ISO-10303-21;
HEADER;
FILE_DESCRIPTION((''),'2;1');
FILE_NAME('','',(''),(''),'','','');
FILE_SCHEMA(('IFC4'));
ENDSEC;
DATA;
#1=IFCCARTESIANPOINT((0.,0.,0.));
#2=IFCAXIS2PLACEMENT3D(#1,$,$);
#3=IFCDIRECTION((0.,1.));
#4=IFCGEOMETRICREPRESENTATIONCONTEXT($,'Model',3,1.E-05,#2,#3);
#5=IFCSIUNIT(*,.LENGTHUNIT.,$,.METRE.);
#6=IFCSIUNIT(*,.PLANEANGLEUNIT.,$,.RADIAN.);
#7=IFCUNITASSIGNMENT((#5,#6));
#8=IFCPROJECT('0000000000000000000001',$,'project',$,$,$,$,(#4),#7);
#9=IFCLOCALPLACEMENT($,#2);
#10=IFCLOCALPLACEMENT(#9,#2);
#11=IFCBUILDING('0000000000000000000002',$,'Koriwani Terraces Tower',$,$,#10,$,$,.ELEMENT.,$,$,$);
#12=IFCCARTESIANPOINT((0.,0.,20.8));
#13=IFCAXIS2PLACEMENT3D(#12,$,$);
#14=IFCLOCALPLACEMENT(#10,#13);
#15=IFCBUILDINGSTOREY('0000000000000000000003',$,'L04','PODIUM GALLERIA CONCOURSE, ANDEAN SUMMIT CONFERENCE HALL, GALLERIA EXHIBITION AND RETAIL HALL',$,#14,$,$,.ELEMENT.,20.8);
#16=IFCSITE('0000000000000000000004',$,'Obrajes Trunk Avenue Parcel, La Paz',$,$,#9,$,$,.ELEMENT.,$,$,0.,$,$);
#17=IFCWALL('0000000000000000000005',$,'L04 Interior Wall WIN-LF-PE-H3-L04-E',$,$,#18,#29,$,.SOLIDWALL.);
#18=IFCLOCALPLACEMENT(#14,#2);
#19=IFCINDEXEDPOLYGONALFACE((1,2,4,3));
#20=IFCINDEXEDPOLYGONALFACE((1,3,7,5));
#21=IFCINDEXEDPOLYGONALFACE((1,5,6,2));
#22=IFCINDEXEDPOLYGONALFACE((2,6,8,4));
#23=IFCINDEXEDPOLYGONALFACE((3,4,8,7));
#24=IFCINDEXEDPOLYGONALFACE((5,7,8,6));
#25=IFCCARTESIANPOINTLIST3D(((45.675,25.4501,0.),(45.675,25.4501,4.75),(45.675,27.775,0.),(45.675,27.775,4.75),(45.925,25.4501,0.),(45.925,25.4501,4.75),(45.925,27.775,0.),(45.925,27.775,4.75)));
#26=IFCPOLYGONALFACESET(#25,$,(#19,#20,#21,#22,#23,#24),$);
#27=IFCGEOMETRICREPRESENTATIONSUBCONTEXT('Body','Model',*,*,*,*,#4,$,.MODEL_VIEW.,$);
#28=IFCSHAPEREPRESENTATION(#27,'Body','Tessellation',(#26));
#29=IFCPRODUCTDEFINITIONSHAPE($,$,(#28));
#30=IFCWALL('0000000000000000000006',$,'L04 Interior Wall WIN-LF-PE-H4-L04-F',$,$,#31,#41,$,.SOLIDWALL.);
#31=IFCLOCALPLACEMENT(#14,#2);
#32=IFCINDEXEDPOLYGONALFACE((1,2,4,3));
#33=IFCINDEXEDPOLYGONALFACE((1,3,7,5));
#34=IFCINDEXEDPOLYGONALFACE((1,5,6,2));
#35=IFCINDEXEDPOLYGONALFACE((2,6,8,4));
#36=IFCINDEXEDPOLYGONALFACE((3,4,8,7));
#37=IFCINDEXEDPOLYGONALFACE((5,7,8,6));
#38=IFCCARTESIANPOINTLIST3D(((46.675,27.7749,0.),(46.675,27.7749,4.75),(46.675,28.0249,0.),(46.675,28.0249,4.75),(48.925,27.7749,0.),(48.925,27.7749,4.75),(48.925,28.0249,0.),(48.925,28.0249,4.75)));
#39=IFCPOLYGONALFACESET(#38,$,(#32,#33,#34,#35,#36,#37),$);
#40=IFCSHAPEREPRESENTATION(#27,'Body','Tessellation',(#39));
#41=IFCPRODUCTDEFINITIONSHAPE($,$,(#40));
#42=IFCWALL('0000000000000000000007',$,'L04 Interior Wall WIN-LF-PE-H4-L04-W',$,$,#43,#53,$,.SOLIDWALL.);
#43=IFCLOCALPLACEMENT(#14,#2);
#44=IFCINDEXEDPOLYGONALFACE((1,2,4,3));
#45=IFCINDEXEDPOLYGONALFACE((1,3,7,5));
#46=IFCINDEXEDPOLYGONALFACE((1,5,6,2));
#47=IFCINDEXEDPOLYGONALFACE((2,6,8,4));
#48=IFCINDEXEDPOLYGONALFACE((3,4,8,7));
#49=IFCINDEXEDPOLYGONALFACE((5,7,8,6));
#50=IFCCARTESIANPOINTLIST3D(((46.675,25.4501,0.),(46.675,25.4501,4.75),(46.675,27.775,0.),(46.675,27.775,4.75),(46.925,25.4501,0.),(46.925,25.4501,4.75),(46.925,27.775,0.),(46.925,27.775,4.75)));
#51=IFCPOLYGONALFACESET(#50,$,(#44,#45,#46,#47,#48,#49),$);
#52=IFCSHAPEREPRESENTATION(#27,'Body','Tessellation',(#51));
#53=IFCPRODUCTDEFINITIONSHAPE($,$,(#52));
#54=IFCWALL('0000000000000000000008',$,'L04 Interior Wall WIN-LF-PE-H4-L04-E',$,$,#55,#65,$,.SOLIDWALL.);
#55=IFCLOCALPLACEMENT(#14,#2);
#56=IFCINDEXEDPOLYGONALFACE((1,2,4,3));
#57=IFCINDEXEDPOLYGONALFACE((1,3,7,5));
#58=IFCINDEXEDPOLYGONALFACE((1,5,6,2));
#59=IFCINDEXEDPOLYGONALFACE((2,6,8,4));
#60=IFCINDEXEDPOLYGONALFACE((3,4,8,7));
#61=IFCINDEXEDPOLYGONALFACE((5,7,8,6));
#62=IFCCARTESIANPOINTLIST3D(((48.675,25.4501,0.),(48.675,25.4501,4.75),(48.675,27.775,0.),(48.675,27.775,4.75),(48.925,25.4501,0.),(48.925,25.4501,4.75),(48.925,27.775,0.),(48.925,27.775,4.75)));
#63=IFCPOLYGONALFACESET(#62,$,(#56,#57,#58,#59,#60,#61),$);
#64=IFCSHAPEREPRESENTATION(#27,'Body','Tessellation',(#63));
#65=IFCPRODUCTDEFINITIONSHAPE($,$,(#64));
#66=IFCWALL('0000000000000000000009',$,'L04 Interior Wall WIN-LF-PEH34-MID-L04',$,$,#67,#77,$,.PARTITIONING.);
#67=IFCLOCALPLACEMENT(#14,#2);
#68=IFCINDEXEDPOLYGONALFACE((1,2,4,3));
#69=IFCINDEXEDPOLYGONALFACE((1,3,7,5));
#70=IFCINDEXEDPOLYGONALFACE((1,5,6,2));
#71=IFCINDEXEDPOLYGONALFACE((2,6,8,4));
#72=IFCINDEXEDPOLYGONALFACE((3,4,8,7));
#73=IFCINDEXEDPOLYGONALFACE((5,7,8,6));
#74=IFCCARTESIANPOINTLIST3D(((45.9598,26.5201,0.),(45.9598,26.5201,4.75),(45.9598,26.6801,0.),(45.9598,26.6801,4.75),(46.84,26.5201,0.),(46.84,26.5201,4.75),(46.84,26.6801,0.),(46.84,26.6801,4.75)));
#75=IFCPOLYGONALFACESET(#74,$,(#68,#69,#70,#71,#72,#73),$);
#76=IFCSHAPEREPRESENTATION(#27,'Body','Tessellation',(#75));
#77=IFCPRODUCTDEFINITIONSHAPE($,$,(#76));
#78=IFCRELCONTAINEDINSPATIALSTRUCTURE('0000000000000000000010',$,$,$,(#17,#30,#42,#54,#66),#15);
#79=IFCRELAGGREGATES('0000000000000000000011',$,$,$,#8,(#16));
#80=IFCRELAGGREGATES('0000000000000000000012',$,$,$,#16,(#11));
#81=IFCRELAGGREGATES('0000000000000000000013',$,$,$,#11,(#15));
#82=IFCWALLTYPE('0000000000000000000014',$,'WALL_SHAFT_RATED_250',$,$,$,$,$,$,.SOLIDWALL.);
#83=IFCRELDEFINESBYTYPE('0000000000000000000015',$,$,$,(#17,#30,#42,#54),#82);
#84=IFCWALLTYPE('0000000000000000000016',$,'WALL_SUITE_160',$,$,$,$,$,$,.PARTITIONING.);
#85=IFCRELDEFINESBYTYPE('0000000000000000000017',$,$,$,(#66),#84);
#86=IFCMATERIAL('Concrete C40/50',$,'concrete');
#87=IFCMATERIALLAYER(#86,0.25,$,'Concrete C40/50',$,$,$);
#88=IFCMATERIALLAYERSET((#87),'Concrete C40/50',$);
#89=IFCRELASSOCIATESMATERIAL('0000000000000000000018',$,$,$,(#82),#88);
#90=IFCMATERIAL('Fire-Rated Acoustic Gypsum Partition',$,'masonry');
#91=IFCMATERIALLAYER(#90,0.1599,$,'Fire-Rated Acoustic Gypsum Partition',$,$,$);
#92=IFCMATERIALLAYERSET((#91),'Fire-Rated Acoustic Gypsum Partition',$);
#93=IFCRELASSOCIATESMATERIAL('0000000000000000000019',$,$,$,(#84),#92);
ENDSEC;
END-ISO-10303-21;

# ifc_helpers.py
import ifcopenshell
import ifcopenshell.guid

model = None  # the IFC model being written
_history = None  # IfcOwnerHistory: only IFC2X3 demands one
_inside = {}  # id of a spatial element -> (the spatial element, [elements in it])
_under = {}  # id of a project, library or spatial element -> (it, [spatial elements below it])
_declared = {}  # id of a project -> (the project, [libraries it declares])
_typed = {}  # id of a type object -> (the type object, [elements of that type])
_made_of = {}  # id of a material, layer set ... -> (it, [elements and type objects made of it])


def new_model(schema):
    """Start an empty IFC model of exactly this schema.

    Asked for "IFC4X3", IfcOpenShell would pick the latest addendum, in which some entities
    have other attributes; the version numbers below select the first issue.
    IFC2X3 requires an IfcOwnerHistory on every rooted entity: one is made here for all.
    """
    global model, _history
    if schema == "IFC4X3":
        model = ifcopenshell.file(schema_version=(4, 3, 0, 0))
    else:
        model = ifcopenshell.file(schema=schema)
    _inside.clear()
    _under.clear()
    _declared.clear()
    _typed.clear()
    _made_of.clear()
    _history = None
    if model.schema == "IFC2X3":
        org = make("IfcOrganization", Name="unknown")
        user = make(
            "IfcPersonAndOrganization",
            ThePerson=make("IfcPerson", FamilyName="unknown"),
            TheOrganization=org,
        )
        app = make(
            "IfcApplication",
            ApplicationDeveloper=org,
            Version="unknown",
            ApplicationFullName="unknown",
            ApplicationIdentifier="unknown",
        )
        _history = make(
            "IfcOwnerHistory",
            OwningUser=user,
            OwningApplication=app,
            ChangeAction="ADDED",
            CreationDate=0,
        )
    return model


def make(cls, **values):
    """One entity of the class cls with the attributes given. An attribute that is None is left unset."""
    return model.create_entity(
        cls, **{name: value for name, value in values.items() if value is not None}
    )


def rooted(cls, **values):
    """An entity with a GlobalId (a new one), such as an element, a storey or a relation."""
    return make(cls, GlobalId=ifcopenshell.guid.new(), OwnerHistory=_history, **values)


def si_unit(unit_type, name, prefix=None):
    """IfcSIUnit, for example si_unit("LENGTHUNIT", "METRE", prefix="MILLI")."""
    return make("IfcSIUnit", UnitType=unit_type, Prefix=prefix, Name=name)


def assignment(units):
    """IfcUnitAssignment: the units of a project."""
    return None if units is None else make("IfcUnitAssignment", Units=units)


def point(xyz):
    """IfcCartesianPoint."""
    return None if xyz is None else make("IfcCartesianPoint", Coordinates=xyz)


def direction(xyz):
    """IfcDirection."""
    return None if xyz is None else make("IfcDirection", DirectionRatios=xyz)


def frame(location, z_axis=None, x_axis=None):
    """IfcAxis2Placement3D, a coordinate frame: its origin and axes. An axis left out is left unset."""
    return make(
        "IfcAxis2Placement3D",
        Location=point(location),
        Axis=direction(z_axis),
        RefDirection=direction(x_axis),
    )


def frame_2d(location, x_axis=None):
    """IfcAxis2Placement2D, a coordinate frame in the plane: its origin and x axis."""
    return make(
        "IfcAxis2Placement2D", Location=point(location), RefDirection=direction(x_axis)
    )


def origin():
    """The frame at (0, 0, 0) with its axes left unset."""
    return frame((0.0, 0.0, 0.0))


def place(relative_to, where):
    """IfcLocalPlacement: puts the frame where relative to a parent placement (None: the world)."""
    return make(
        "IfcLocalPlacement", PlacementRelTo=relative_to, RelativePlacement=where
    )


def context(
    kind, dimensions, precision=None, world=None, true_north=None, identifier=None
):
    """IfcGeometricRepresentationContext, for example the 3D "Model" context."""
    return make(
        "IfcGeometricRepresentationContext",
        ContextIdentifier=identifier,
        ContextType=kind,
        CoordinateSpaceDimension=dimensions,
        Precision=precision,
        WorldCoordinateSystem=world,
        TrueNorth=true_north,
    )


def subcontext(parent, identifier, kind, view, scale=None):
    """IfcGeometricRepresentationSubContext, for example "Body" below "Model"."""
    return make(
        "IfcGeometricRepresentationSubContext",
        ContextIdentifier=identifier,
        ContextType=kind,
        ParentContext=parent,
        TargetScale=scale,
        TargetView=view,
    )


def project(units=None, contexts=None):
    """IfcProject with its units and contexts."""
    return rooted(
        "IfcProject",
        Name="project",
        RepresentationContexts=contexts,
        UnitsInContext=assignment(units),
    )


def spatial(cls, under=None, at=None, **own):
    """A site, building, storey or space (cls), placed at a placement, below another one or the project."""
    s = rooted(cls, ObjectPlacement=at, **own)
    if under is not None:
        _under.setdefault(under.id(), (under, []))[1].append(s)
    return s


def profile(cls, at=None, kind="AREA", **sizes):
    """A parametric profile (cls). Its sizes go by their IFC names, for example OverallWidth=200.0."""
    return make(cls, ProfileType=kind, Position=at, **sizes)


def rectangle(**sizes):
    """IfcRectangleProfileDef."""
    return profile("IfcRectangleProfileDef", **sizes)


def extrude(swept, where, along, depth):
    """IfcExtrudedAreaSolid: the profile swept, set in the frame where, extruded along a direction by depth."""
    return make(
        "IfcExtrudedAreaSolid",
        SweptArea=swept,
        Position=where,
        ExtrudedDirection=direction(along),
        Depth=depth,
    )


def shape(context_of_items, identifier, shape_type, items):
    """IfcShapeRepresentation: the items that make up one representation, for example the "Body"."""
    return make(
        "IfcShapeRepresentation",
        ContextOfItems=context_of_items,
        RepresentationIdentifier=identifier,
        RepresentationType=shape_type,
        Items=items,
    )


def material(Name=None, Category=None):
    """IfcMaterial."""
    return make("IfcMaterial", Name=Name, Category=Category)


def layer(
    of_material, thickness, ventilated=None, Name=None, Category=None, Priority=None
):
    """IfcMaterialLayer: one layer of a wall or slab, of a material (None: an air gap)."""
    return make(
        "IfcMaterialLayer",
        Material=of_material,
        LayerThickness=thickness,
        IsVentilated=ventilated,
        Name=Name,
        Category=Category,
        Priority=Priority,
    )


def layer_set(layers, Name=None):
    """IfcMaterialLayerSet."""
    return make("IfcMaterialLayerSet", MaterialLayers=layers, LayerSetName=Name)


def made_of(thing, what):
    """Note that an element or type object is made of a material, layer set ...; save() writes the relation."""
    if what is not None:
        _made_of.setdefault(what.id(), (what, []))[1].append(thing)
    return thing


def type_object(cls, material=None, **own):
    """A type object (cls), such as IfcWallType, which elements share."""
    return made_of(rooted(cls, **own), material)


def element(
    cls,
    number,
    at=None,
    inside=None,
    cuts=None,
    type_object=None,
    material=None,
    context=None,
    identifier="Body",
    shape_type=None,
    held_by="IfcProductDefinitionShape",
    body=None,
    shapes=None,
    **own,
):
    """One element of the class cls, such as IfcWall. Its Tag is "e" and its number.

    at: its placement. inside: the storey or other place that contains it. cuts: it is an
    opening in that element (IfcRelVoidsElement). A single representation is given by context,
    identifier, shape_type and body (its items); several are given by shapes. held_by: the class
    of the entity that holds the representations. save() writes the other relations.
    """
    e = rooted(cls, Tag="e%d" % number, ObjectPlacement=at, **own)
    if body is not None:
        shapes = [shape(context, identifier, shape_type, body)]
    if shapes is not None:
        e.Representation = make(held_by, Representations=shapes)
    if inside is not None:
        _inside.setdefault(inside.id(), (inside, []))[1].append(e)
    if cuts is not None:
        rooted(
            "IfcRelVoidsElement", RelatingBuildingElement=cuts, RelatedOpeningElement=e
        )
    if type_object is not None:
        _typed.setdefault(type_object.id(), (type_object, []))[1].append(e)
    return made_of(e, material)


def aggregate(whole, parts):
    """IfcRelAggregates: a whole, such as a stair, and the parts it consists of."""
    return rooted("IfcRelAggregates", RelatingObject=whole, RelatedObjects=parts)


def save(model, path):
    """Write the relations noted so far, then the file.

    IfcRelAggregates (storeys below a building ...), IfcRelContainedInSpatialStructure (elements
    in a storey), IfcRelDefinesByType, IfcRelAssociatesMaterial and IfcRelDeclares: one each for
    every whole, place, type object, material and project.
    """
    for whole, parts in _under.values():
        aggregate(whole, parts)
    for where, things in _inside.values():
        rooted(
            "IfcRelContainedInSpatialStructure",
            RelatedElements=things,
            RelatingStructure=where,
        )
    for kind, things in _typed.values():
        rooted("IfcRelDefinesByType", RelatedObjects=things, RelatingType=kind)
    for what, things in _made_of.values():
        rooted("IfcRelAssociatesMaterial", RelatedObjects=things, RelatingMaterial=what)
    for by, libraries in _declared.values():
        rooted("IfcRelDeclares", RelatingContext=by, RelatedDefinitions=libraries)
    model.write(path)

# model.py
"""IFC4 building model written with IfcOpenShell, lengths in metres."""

from ifc_helpers import new_model, si_unit, direction, frame, frame_2d, origin, place, context, subcontext, project, spatial, rectangle, extrude, material, layer, layer_set, type_object, element, save


model = new_model("IFC4")

# Units and contexts
model_context = context("Model", 3, precision=1e-05, world=origin(), true_north=direction((0.0, 1.0)))
body_context = subcontext(model_context, "Body", "Model", "MODEL_VIEW")
ifc_project = project(units=[si_unit("LENGTHUNIT", "METRE"), si_unit("PLANEANGLEUNIT", "RADIAN")], contexts=[model_context])

# Site, building, storey
site_placement = place(None, origin())
site = spatial("IfcSite", under=ifc_project, at=site_placement, Name="Obrajes Trunk Avenue Parcel, La Paz", CompositionType="ELEMENT", RefElevation=0.0)
building_placement = place(site_placement, origin())
building = spatial("IfcBuilding", under=site, at=building_placement, Name="Koriwani Terraces Tower", CompositionType="ELEMENT")
storey_placement = place(building_placement, frame((0.0, 0.0, 20.8)))
storey = spatial("IfcBuildingStorey", under=building, at=storey_placement, Name="L04", Description="PODIUM GALLERIA CONCOURSE, ANDEAN SUMMIT CONFERENCE HALL, GALLERIA EXHIBITION AND RETAIL HALL", CompositionType="ELEMENT", Elevation=20.8)

# Walls
ifc_material_1 = material(Name="Concrete C40/50", Category="concrete")
ifc_layer_1 = layer(ifc_material_1, 0.25, Name="Concrete C40/50")
ifc_layer_set_1 = layer_set([ifc_layer_1], Name="Concrete C40/50")
wall_type_1 = type_object("IfcWallType", Name="WALL_SHAFT_RATED_250", PredefinedType="SOLIDWALL", material=ifc_layer_set_1)
for number, where, z_axis, x_axis, name in (
    (1, (45.8, 25.45, 0.0), (0.0, 0.0, 1.0), (0.0, 1.0, 0.0), "L04 Interior Wall WIN-LF-PE-H3-L04-E"),
):
    element("IfcWall", number, at=place(storey_placement, frame(where, z_axis=z_axis, x_axis=x_axis)), inside=storey, type_object=wall_type_1, Name=name, PredefinedType="SOLIDWALL", context=body_context, shape_type="SweptSolid", body=[
        extrude(rectangle(XDim=2.325, YDim=0.25, at=frame_2d((1.1626, 0.0))), origin(), (0.0, 0.0, 1.0), 4.75),
    ])
wall_1_placement = place(storey_placement, frame((46.675, 27.8999, 0.0), z_axis=(0.0, 0.0, 1.0), x_axis=(1.0, 0.0, 0.0)))
element("IfcWall", 2, at=wall_1_placement, inside=storey, type_object=wall_type_1, Name="L04 Interior Wall WIN-LF-PE-H4-L04-F", PredefinedType="SOLIDWALL", context=body_context, shape_type="SweptSolid", body=[
    extrude(rectangle(XDim=2.25, YDim=0.25, at=frame_2d((1.125, 0.0))), origin(), (0.0, 0.0, 1.0), 4.75),
])
for number, where, z_axis, x_axis, name in (
    (3, (46.8, 25.45, 0.0), (0.0, 0.0, 1.0), (0.0, 1.0, 0.0), "L04 Interior Wall WIN-LF-PE-H4-L04-W"),
    (4, (48.8, 25.45, 0.0), (0.0, 0.0, 1.0), (0.0, 1.0, 0.0), "L04 Interior Wall WIN-LF-PE-H4-L04-E"),
):
    element("IfcWall", number, at=place(storey_placement, frame(where, z_axis=z_axis, x_axis=x_axis)), inside=storey, type_object=wall_type_1, Name=name, PredefinedType="SOLIDWALL", context=body_context, shape_type="SweptSolid", body=[
        extrude(rectangle(XDim=2.325, YDim=0.25, at=frame_2d((1.1626, 0.0))), origin(), (0.0, 0.0, 1.0), 4.75),
    ])
ifc_material_2 = material(Name="Fire-Rated Acoustic Gypsum Partition", Category="masonry")
ifc_layer_2 = layer(ifc_material_2, 0.1599, Name="Fire-Rated Acoustic Gypsum Partition")
ifc_layer_set_2 = layer_set([ifc_layer_2], Name="Fire-Rated Acoustic Gypsum Partition")
wall_type_2 = type_object("IfcWallType", Name="WALL_SUITE_160", PredefinedType="PARTITIONING", material=ifc_layer_set_2)
wall_2_placement = place(storey_placement, frame((45.96, 26.6001, 0.0), z_axis=(0.0, 0.0, 1.0), x_axis=(1.0, 0.0, 0.0)))
element("IfcWall", 5, at=wall_2_placement, inside=storey, type_object=wall_type_2, Name="L04 Interior Wall WIN-LF-PEH34-MID-L04", PredefinedType="PARTITIONING", context=body_context, shape_type="SweptSolid", body=[
    extrude(rectangle(XDim=0.8801, YDim=0.1599, at=frame_2d((0.4399, 0.0))), origin(), (0.0, 0.0, 1.0), 4.75),
])

save(model, "model.ifc")
